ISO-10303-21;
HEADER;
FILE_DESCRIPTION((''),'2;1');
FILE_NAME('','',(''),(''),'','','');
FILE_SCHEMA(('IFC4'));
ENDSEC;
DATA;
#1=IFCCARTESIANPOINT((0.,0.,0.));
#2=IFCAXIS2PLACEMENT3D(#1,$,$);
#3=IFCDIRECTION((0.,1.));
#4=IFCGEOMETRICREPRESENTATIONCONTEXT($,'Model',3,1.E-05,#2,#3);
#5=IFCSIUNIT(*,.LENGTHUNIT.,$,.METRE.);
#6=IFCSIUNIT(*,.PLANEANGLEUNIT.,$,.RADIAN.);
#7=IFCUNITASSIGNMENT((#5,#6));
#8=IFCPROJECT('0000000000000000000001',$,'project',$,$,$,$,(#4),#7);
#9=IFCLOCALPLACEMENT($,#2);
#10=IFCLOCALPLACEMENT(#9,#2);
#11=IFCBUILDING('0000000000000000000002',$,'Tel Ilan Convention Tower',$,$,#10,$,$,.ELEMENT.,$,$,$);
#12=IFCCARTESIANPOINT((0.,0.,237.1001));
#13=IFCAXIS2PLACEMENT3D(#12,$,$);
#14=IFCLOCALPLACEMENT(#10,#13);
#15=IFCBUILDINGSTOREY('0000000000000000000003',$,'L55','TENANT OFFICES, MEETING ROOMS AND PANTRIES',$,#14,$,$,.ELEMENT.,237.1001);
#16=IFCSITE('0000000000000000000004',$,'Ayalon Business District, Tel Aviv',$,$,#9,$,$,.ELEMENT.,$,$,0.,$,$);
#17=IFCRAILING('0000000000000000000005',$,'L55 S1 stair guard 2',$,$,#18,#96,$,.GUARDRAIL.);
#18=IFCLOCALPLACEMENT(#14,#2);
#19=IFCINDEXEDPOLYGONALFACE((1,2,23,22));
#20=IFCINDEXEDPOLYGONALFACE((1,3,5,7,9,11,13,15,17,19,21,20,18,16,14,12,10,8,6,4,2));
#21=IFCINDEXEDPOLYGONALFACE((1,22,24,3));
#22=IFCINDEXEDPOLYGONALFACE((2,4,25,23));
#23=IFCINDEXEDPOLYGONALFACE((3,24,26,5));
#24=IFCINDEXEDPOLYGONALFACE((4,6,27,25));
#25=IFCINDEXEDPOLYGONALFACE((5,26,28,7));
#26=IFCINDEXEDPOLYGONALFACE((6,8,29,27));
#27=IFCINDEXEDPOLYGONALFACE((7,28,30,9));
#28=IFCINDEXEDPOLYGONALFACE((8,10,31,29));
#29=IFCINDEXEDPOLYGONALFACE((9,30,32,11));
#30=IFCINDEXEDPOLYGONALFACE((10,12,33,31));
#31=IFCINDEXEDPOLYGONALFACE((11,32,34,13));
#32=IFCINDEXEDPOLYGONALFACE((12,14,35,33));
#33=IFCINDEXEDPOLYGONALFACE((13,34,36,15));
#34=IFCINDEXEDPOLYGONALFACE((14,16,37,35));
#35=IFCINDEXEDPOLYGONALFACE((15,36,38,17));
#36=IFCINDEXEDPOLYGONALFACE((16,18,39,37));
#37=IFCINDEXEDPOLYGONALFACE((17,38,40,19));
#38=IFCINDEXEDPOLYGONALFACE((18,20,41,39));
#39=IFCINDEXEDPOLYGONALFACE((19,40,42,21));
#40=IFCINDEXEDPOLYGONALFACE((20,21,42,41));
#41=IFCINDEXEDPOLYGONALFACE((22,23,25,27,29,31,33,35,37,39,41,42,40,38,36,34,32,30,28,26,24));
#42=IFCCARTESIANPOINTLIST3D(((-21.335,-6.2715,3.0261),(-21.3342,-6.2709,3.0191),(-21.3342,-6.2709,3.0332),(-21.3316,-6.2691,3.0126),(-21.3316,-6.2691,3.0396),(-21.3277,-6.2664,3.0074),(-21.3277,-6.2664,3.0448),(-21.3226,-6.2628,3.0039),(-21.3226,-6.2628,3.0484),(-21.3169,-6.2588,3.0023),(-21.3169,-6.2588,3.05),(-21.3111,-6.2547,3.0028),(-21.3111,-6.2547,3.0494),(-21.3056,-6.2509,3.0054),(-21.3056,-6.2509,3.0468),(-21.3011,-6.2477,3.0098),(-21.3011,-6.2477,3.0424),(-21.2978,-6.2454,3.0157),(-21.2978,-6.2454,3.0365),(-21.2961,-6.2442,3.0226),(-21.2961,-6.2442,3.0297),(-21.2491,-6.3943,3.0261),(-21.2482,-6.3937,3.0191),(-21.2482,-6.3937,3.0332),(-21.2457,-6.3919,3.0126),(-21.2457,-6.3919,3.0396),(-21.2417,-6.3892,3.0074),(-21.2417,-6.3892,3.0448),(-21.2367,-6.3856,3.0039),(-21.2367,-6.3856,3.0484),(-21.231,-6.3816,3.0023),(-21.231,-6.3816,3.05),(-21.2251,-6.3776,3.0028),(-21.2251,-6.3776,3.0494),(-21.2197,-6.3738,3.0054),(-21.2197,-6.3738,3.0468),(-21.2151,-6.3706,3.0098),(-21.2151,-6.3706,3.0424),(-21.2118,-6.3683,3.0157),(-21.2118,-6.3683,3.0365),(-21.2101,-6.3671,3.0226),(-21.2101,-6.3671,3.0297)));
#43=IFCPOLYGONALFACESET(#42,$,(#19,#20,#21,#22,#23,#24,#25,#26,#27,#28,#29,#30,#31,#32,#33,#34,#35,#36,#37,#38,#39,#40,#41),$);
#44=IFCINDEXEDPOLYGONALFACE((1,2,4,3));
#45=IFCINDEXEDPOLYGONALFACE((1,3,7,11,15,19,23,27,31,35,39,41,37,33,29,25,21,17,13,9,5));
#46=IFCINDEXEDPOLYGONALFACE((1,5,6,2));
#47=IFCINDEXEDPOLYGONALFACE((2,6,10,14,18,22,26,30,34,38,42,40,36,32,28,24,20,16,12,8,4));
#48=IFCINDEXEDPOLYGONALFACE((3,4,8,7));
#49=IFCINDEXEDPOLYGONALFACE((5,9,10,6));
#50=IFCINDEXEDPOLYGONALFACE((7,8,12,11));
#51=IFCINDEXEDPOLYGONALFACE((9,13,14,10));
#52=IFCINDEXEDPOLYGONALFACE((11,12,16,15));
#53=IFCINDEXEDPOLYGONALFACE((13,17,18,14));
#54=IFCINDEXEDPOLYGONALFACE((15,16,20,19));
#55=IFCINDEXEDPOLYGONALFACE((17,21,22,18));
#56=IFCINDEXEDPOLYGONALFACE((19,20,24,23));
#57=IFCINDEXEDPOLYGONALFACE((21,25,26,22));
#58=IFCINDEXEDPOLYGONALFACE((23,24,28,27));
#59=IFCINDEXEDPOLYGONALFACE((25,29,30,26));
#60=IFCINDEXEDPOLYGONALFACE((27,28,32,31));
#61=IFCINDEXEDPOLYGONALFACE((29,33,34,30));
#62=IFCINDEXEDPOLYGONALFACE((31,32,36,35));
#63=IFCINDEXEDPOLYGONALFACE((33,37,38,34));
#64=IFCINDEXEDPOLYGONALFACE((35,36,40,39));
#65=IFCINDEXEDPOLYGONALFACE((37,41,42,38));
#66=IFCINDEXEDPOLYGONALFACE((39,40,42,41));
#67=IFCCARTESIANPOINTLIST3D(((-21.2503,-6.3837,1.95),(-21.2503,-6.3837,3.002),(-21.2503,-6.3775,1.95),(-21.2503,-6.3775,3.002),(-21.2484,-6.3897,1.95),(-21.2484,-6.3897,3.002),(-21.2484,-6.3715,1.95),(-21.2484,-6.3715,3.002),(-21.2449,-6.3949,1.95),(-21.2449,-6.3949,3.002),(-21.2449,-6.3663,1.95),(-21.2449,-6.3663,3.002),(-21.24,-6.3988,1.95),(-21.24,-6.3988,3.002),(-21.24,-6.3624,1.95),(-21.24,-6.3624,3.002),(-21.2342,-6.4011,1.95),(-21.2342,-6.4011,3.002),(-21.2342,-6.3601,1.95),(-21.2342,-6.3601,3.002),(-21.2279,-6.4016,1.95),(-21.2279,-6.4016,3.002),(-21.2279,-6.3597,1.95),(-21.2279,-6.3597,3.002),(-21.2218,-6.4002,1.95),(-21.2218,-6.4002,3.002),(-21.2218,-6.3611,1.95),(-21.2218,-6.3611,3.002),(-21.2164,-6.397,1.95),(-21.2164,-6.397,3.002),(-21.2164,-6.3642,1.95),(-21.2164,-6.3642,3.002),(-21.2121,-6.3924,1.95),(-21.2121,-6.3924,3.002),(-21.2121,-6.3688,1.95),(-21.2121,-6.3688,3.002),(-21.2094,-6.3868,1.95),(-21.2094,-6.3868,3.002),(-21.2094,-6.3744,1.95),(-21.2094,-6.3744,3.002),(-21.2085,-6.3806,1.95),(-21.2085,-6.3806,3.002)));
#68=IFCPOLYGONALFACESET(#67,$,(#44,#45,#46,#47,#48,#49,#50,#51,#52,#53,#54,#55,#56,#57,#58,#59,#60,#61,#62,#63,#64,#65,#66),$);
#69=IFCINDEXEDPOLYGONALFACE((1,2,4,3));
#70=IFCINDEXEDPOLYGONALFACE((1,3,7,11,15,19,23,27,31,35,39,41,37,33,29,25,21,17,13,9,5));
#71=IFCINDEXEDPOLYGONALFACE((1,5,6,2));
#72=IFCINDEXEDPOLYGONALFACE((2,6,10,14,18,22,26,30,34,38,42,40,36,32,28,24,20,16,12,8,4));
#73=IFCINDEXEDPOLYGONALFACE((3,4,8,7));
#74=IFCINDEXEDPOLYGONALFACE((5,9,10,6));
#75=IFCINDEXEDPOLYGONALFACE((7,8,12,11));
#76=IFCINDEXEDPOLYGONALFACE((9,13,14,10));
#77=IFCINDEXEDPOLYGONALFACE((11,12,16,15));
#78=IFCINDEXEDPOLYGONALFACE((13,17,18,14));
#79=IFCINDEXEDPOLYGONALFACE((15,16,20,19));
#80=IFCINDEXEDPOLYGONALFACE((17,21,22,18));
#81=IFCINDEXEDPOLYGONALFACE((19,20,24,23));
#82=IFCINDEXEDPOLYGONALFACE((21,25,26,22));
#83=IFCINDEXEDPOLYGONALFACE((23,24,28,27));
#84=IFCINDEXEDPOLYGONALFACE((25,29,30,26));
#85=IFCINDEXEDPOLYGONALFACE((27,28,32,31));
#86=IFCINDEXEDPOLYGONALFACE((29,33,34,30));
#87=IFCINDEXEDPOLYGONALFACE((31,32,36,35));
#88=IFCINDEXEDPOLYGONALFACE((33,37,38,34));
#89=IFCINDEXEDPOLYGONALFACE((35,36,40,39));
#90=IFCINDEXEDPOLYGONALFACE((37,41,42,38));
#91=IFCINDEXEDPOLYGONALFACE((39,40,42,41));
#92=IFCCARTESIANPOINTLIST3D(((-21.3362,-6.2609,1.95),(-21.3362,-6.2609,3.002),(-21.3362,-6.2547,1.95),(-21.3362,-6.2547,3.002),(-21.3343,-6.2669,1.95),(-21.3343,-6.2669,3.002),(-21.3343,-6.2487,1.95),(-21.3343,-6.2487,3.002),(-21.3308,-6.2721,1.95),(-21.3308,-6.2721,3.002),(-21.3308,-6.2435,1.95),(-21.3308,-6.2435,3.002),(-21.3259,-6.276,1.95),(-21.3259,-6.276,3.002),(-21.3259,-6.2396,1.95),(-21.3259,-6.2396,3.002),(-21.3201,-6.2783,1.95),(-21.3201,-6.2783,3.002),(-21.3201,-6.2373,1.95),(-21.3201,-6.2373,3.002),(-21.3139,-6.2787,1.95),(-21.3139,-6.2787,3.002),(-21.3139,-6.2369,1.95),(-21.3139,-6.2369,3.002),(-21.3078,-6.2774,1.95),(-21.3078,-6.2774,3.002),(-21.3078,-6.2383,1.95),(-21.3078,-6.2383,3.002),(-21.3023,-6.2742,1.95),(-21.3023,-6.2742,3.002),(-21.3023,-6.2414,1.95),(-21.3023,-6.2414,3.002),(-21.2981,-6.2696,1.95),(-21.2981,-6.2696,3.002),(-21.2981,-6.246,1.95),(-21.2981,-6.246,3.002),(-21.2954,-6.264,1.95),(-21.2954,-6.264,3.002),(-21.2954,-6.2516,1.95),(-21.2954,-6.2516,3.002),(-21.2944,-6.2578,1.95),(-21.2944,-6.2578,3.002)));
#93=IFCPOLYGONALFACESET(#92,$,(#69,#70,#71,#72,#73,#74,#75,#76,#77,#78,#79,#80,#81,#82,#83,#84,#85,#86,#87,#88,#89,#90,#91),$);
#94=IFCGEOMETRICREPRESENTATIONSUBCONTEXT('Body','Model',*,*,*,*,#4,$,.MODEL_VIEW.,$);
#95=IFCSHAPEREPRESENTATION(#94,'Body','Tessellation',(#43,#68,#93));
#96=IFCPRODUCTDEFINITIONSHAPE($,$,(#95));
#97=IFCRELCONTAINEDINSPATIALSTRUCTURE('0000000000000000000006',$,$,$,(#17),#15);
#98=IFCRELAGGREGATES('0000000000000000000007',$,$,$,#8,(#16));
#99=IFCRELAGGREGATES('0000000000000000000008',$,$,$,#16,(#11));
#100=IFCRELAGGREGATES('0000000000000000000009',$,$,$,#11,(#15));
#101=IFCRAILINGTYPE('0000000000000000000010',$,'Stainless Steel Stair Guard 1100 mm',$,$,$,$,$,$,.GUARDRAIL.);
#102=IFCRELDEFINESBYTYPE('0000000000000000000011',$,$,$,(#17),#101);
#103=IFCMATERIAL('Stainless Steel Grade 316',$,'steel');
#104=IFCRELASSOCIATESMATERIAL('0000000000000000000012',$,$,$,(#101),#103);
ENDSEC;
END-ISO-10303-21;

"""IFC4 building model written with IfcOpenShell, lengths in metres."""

from ifc_helpers import new_model, si_unit, direction, frame, origin, origin_2d, place, context, subcontext, project, spatial, circle, extrude, material, type_object, element, save


model = new_model("IFC4")

# Units and contexts
model_context = context("Model", 3, precision=1e-05, world=origin(), true_north=direction((0.0, 1.0)))
body_context = subcontext(model_context, "Body", "Model", "MODEL_VIEW")
ifc_project = project(units=[si_unit("LENGTHUNIT", "METRE"), si_unit("PLANEANGLEUNIT", "RADIAN")], contexts=[model_context])

# Site, building, storey
site_placement = place(None, origin())
site = spatial("IfcSite", under=ifc_project, at=site_placement, Name="Ayalon Business District, Tel Aviv", CompositionType="ELEMENT", RefElevation=0.0)
building_placement = place(site_placement, origin())
building = spatial("IfcBuilding", under=site, at=building_placement, Name="Tel Ilan Convention Tower", CompositionType="ELEMENT")
storey_placement = place(building_placement, frame((0.0, 0.0, 237.1001)))
storey = spatial("IfcBuildingStorey", under=building, at=storey_placement, Name="L55", Description="TENANT OFFICES, MEETING ROOMS AND PANTRIES", CompositionType="ELEMENT", Elevation=237.1001)

# Railing
ifc_material_1 = material(Name="Stainless Steel Grade 316", Category="steel")
railing_type_1 = type_object("IfcRailingType", Name="Stainless Steel Stair Guard 1100 mm", PredefinedType="GUARDRAIL", material=ifc_material_1)
railing_1_placement = place(storey_placement, frame((-21.2295, -6.3806, 1.95)))
element("IfcRailing", 1, at=railing_1_placement, inside=storey, type_object=railing_type_1, Name="L55 S1 stair guard 2", PredefinedType="GUARDRAIL", context=body_context, shape_type="SweptSolid", body=[
    extrude(circle(Radius=0.0239, at=origin_2d()), frame((0.0, 0.0, 1.0762), z_axis=(-0.573353, 0.819308, 0.0), x_axis=(-0.819308, -0.573353, 0.0)), (0.0, 0.0, 1.0), 0.1499),
    extrude(circle(Radius=0.021, at=origin_2d()), origin(), (0.0, 0.0, 1.0), 1.052),
    extrude(circle(Radius=0.021, at=origin_2d()), frame((-0.0859, 0.1228, 0.0)), (0.0, 0.0, 1.0), 1.052),
])

save(model, "model.ifc")
